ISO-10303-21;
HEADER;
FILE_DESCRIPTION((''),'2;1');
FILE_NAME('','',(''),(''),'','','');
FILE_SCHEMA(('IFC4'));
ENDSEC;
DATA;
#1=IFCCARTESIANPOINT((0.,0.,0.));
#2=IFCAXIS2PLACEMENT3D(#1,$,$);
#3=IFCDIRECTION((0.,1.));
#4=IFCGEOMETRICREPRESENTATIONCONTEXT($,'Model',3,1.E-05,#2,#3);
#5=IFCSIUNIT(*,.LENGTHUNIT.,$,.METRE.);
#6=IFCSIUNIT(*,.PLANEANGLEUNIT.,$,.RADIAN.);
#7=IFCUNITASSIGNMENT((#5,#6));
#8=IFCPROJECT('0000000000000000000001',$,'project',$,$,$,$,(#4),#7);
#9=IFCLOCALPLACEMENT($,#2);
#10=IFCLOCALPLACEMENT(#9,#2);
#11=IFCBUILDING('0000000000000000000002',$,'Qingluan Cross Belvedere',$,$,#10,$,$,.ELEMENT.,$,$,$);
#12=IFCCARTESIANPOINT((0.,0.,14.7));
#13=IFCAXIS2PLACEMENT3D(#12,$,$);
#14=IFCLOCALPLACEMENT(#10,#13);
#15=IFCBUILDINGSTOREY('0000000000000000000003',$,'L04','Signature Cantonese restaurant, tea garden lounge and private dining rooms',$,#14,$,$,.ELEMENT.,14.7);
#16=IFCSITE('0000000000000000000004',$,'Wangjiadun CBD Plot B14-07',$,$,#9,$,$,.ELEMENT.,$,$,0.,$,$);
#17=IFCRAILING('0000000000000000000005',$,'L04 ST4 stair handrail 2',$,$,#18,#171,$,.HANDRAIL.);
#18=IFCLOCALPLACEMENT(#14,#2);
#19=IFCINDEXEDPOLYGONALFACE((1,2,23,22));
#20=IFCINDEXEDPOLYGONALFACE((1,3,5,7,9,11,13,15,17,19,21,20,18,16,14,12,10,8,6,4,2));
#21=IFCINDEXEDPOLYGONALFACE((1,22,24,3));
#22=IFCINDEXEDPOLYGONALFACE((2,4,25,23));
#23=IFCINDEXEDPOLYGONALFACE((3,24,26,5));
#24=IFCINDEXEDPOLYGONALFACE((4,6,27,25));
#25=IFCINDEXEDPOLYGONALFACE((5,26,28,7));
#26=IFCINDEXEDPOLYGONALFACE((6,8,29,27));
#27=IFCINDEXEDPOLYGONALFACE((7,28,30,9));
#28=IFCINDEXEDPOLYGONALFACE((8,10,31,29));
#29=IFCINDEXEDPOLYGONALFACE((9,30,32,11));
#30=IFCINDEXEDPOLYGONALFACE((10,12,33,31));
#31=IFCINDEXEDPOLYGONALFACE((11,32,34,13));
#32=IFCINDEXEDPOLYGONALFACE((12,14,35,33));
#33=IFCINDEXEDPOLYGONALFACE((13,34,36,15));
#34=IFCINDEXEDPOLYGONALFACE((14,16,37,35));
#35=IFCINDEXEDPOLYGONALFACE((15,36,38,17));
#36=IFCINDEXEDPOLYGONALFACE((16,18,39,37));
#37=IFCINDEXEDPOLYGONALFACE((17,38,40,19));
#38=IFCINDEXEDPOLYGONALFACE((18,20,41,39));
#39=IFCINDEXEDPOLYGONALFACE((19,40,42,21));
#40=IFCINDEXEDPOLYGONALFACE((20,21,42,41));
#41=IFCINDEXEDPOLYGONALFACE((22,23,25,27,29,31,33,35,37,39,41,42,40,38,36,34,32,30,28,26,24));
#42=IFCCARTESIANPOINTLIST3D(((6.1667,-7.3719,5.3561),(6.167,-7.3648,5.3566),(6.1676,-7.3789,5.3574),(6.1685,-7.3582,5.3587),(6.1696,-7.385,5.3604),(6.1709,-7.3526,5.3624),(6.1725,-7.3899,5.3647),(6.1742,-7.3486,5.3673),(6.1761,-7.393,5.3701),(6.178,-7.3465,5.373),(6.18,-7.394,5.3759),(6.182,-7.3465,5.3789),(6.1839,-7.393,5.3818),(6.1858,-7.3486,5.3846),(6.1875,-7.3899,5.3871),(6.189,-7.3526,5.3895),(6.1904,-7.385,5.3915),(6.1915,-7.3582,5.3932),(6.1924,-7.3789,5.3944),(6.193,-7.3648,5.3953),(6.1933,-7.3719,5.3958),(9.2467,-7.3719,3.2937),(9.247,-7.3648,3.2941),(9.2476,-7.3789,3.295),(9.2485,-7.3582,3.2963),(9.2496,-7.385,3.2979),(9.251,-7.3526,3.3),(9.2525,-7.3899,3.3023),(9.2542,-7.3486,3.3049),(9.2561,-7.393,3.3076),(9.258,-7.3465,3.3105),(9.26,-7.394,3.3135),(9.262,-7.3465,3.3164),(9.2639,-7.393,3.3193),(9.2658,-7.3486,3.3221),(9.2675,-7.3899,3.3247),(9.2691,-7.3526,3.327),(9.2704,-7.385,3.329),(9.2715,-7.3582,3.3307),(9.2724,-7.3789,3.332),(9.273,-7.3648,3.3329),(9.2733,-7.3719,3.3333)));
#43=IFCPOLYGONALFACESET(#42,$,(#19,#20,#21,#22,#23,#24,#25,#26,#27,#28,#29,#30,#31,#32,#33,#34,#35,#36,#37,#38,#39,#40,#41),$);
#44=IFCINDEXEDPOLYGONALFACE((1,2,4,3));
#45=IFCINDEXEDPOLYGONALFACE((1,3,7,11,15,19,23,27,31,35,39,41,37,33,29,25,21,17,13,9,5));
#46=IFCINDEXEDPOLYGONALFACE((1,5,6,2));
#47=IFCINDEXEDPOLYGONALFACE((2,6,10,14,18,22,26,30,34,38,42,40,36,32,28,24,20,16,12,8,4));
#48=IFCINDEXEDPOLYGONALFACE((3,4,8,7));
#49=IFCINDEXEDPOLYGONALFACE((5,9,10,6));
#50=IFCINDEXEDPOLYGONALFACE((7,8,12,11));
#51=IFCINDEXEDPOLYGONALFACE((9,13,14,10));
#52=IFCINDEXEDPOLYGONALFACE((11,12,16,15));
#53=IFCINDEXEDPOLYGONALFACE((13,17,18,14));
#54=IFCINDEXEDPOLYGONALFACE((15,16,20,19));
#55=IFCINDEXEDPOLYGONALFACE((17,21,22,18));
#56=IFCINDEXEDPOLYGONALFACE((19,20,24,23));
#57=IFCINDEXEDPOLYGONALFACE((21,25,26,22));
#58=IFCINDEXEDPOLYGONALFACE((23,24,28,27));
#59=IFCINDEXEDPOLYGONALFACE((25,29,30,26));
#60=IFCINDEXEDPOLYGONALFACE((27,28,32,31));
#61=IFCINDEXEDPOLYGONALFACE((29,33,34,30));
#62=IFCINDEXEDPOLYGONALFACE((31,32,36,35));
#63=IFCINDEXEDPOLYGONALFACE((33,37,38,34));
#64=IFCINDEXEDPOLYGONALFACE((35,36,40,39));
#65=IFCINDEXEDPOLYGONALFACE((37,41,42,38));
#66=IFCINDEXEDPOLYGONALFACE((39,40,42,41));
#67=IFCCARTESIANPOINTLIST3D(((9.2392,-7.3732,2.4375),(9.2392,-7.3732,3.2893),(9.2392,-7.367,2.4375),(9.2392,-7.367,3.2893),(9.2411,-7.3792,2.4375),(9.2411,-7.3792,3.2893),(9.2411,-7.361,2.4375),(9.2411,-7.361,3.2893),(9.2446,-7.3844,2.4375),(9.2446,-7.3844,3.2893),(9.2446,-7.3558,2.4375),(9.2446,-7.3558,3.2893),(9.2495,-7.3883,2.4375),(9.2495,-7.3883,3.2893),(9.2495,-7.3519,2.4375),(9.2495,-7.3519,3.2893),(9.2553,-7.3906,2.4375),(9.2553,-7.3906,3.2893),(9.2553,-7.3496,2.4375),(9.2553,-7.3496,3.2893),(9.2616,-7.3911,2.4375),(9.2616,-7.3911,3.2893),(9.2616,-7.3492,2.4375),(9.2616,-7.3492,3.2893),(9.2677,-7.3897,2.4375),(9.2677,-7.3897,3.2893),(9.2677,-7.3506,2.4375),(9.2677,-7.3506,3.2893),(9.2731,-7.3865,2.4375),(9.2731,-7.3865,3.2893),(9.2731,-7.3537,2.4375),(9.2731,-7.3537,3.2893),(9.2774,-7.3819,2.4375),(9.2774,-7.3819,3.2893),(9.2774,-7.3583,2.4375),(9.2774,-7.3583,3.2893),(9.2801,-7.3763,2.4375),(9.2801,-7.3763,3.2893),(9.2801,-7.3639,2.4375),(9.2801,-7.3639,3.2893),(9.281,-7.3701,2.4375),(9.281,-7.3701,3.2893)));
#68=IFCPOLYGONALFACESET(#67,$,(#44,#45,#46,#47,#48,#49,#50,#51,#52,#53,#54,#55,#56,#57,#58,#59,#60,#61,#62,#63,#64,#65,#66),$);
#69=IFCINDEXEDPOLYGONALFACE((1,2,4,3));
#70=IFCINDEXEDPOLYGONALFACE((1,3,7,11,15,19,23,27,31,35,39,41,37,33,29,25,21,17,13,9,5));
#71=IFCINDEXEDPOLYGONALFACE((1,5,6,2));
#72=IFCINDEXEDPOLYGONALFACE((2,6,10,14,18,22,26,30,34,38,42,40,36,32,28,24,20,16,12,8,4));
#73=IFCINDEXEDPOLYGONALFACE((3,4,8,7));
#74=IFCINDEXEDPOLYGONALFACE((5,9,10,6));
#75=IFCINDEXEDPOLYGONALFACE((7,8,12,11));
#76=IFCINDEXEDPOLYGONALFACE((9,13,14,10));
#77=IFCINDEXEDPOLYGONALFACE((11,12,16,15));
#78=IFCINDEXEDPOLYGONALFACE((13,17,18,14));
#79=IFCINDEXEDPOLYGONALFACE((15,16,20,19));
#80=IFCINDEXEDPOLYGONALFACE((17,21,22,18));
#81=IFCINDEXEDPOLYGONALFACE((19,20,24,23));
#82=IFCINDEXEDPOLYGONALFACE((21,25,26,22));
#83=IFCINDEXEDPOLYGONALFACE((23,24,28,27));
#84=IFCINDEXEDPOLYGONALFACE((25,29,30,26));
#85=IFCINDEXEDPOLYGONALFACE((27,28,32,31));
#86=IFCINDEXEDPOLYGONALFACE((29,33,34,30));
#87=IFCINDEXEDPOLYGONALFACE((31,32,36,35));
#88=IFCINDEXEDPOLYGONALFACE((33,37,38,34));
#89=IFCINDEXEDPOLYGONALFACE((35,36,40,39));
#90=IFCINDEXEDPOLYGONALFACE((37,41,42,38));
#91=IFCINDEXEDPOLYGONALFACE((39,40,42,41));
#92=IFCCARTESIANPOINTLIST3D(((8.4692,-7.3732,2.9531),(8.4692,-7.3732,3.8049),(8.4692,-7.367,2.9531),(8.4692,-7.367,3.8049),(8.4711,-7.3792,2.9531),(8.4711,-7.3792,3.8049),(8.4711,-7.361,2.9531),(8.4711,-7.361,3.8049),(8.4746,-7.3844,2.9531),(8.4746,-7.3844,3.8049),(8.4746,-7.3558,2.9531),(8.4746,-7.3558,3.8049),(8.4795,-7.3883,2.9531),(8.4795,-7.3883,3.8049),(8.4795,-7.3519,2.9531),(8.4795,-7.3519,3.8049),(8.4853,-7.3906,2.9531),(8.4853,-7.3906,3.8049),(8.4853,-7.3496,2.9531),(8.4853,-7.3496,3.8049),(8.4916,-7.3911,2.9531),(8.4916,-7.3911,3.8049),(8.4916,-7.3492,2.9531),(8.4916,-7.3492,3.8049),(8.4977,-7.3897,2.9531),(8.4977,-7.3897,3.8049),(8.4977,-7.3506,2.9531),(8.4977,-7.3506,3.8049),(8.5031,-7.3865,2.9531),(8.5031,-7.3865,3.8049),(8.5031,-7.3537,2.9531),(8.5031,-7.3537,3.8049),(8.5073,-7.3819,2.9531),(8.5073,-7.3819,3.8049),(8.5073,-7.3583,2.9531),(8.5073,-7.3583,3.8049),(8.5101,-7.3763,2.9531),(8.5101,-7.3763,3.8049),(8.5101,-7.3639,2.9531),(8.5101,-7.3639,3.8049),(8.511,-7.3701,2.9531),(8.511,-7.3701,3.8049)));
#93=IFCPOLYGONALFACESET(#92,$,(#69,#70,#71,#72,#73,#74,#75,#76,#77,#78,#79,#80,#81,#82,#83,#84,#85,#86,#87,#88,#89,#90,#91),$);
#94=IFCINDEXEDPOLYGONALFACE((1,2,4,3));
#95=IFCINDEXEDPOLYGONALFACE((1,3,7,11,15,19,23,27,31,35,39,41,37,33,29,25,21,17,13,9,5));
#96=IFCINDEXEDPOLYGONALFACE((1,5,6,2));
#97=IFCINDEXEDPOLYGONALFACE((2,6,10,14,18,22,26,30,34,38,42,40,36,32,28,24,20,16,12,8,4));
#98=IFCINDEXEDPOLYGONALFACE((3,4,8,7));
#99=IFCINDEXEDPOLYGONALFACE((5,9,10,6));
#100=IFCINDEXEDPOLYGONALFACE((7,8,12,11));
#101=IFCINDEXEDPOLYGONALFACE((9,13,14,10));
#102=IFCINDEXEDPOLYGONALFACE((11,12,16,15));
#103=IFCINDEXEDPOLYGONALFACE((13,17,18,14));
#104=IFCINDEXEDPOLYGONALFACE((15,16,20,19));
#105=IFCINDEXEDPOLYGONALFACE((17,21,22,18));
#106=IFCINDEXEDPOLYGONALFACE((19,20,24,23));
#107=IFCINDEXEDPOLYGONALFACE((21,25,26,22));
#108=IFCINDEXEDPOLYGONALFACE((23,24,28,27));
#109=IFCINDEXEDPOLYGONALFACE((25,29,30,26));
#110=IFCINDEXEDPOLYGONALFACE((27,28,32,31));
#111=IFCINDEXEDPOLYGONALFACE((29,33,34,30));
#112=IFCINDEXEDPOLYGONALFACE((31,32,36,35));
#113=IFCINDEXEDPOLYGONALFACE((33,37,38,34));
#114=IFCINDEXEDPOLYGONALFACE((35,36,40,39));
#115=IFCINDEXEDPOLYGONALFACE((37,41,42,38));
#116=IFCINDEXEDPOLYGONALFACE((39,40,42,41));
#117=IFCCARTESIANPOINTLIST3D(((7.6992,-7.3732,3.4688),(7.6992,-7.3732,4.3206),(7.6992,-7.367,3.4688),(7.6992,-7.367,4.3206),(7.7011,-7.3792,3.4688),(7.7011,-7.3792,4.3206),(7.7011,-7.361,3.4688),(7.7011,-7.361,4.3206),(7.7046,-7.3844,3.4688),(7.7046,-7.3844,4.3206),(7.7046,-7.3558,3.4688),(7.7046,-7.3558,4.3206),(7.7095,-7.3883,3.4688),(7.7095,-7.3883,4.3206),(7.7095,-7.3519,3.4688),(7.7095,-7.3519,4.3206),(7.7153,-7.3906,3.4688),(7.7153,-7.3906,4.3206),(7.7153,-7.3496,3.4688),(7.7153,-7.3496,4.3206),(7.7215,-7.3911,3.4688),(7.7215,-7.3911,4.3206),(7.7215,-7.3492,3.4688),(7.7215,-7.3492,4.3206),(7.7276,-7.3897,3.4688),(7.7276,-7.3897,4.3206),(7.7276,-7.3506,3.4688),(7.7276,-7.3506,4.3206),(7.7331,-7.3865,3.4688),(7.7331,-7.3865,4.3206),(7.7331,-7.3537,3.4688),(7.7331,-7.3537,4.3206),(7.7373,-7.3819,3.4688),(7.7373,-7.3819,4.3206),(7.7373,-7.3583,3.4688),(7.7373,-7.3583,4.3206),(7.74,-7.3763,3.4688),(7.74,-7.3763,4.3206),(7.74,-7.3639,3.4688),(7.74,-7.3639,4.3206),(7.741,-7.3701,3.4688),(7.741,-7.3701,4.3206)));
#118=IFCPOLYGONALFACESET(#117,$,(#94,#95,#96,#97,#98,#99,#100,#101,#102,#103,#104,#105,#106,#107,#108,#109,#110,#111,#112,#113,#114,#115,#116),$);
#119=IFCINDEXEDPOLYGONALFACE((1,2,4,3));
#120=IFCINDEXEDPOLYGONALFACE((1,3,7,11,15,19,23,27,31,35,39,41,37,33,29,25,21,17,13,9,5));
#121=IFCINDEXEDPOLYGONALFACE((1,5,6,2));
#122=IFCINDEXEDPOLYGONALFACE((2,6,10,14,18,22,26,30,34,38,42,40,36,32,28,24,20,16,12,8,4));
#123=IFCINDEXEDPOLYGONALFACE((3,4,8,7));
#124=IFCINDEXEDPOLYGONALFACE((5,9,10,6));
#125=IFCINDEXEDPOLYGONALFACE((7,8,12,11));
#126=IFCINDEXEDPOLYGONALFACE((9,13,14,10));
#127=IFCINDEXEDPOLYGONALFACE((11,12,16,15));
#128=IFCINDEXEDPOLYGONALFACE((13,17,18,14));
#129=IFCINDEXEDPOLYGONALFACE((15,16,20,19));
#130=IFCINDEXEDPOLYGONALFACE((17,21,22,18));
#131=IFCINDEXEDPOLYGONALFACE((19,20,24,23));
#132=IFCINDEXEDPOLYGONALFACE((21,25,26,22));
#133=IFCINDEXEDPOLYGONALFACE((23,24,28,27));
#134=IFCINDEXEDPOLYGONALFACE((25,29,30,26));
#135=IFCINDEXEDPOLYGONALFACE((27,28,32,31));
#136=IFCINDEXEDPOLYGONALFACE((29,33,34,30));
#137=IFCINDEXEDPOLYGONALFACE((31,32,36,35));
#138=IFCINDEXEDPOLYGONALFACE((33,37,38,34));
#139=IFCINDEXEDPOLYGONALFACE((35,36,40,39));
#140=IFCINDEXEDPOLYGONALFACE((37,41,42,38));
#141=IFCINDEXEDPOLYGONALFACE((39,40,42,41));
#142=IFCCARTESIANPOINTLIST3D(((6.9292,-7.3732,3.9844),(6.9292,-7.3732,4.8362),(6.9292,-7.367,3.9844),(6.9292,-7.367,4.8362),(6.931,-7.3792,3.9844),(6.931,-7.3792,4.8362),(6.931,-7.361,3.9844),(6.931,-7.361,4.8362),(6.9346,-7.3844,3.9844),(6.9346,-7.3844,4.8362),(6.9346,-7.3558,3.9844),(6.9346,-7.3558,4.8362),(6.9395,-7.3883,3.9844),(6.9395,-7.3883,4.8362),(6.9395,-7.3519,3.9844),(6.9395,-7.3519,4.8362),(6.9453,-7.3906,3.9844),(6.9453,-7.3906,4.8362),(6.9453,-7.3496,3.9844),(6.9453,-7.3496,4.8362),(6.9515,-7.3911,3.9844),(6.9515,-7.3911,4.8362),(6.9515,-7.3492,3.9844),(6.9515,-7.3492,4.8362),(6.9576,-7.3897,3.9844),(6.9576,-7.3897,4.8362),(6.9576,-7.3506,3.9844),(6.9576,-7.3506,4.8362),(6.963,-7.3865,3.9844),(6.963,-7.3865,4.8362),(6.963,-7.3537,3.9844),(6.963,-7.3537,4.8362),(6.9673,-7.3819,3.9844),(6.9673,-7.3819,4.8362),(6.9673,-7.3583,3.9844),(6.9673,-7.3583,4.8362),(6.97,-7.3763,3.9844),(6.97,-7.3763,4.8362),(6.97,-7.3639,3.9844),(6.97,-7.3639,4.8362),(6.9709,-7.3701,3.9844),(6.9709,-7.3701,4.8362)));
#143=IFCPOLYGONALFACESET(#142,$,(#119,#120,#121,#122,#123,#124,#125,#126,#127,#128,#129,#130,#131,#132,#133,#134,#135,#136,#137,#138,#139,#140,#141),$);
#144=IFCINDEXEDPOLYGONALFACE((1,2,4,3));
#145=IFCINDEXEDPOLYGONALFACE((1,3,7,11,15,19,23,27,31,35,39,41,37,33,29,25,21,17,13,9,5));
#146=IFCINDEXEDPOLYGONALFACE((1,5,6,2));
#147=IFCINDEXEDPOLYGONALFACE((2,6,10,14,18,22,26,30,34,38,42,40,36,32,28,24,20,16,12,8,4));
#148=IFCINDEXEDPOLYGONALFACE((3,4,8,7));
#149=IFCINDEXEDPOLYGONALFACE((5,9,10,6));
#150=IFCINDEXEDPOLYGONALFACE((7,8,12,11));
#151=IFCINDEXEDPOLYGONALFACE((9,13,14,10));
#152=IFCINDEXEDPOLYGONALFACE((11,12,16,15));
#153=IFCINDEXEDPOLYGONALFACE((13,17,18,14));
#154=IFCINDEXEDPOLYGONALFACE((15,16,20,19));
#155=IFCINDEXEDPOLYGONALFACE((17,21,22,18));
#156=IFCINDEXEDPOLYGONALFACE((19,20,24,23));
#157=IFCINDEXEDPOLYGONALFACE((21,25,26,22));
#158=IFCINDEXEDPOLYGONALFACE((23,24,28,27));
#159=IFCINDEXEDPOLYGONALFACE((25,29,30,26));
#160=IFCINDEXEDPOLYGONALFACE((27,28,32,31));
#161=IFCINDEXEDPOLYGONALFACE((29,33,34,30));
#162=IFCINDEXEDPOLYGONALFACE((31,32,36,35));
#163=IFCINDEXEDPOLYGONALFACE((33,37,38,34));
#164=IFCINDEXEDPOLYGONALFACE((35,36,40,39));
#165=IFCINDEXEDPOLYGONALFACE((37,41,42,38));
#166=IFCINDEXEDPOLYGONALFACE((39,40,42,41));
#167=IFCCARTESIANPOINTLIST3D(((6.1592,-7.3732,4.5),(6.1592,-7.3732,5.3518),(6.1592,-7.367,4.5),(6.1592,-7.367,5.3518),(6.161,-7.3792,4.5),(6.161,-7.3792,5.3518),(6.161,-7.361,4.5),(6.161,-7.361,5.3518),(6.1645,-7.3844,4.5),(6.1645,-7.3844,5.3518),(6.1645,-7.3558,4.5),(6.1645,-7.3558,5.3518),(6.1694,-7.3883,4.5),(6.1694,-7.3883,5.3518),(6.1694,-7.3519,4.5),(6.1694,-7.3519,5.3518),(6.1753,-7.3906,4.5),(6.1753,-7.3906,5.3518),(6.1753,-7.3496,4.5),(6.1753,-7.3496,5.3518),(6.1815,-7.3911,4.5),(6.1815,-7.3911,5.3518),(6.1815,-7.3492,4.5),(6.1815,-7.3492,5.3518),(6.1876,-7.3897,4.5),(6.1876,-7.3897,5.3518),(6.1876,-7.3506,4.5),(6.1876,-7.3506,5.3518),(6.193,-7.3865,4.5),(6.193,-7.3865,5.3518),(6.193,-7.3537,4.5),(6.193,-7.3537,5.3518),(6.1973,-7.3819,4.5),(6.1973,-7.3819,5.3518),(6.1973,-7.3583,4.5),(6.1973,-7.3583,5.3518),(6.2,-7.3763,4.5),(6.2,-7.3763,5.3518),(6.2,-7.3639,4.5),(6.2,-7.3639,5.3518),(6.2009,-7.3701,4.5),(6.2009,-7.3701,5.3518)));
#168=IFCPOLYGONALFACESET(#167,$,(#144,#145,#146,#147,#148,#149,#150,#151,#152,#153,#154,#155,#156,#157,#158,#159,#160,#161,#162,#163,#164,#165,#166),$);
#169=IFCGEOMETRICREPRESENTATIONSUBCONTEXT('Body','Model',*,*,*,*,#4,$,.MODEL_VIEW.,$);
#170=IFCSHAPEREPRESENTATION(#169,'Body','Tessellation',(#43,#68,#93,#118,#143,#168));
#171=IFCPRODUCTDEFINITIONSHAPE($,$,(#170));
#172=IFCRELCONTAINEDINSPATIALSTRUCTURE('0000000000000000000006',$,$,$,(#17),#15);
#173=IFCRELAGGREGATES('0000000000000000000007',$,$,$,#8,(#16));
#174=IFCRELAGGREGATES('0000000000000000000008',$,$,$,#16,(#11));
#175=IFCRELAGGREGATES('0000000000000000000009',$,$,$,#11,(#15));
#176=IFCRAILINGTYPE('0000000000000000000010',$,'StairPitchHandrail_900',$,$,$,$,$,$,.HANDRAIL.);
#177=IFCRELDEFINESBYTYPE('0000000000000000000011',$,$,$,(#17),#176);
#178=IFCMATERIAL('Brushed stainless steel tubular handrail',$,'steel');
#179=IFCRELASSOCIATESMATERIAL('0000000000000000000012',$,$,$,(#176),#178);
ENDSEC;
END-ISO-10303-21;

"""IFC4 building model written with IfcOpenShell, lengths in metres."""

from ifc_helpers import new_model, si_unit, direction, frame, origin, origin_2d, place, context, subcontext, project, spatial, circle, extrude, material, type_object, element, save


model = new_model("IFC4")

# Units and contexts
model_context = context("Model", 3, precision=1e-05, world=origin(), true_north=direction((0.0, 1.0)))
body_context = subcontext(model_context, "Body", "Model", "MODEL_VIEW")
ifc_project = project(units=[si_unit("LENGTHUNIT", "METRE"), si_unit("PLANEANGLEUNIT", "RADIAN")], contexts=[model_context])

# Site, building, storey
site_placement = place(None, origin())
site = spatial("IfcSite", under=ifc_project, at=site_placement, Name="Wangjiadun CBD Plot B14-07", CompositionType="ELEMENT", RefElevation=0.0)
building_placement = place(site_placement, origin())
building = spatial("IfcBuilding", under=site, at=building_placement, Name="Qingluan Cross Belvedere", CompositionType="ELEMENT")
storey_placement = place(building_placement, frame((0.0, 0.0, 14.7)))
storey = spatial("IfcBuildingStorey", under=building, at=storey_placement, Name="L04", Description="Signature Cantonese restaurant, tea garden lounge and private dining rooms", CompositionType="ELEMENT", Elevation=14.7)

# Railing
ifc_material_1 = material(Name="Brushed stainless steel tubular handrail", Category="steel")
railing_type_1 = type_object("IfcRailingType", Name="StairPitchHandrail_900", PredefinedType="HANDRAIL", material=ifc_material_1)
railing_1_placement = place(storey_placement, frame((9.26, -7.3701, 2.4375)))
element("IfcRailing", 1, at=railing_1_placement, inside=storey, type_object=railing_type_1, Name="L04 ST4 stair handrail 2", PredefinedType="HANDRAIL", context=body_context, shape_type="SweptSolid", body=[
    extrude(circle(Radius=0.0239, at=origin_2d()), frame((0.0, 0.0, 0.876), z_axis=(-0.830914, 0.0, 0.556401), x_axis=(0.0, -1.0, 0.0)), (0.0, 0.0, 1.0), 3.7068),
    extrude(circle(Radius=0.021, at=origin_2d()), origin(), (0.0, 0.0, 1.0), 0.8518),
    extrude(circle(Radius=0.021, at=origin_2d()), frame((-0.77, 0.0, 0.5156)), (0.0, 0.0, 1.0), 0.8518),
    extrude(circle(Radius=0.021, at=origin_2d()), frame((-1.54, 0.0, 1.0312)), (0.0, 0.0, 1.0), 0.8518),
    extrude(circle(Radius=0.021, at=origin_2d()), frame((-2.3101, 0.0, 1.5469)), (0.0, 0.0, 1.0), 0.8518),
    extrude(circle(Radius=0.021, at=origin_2d()), frame((-3.0801, 0.0, 2.0625)), (0.0, 0.0, 1.0), 0.8518),
])

save(model, "model.ifc")
